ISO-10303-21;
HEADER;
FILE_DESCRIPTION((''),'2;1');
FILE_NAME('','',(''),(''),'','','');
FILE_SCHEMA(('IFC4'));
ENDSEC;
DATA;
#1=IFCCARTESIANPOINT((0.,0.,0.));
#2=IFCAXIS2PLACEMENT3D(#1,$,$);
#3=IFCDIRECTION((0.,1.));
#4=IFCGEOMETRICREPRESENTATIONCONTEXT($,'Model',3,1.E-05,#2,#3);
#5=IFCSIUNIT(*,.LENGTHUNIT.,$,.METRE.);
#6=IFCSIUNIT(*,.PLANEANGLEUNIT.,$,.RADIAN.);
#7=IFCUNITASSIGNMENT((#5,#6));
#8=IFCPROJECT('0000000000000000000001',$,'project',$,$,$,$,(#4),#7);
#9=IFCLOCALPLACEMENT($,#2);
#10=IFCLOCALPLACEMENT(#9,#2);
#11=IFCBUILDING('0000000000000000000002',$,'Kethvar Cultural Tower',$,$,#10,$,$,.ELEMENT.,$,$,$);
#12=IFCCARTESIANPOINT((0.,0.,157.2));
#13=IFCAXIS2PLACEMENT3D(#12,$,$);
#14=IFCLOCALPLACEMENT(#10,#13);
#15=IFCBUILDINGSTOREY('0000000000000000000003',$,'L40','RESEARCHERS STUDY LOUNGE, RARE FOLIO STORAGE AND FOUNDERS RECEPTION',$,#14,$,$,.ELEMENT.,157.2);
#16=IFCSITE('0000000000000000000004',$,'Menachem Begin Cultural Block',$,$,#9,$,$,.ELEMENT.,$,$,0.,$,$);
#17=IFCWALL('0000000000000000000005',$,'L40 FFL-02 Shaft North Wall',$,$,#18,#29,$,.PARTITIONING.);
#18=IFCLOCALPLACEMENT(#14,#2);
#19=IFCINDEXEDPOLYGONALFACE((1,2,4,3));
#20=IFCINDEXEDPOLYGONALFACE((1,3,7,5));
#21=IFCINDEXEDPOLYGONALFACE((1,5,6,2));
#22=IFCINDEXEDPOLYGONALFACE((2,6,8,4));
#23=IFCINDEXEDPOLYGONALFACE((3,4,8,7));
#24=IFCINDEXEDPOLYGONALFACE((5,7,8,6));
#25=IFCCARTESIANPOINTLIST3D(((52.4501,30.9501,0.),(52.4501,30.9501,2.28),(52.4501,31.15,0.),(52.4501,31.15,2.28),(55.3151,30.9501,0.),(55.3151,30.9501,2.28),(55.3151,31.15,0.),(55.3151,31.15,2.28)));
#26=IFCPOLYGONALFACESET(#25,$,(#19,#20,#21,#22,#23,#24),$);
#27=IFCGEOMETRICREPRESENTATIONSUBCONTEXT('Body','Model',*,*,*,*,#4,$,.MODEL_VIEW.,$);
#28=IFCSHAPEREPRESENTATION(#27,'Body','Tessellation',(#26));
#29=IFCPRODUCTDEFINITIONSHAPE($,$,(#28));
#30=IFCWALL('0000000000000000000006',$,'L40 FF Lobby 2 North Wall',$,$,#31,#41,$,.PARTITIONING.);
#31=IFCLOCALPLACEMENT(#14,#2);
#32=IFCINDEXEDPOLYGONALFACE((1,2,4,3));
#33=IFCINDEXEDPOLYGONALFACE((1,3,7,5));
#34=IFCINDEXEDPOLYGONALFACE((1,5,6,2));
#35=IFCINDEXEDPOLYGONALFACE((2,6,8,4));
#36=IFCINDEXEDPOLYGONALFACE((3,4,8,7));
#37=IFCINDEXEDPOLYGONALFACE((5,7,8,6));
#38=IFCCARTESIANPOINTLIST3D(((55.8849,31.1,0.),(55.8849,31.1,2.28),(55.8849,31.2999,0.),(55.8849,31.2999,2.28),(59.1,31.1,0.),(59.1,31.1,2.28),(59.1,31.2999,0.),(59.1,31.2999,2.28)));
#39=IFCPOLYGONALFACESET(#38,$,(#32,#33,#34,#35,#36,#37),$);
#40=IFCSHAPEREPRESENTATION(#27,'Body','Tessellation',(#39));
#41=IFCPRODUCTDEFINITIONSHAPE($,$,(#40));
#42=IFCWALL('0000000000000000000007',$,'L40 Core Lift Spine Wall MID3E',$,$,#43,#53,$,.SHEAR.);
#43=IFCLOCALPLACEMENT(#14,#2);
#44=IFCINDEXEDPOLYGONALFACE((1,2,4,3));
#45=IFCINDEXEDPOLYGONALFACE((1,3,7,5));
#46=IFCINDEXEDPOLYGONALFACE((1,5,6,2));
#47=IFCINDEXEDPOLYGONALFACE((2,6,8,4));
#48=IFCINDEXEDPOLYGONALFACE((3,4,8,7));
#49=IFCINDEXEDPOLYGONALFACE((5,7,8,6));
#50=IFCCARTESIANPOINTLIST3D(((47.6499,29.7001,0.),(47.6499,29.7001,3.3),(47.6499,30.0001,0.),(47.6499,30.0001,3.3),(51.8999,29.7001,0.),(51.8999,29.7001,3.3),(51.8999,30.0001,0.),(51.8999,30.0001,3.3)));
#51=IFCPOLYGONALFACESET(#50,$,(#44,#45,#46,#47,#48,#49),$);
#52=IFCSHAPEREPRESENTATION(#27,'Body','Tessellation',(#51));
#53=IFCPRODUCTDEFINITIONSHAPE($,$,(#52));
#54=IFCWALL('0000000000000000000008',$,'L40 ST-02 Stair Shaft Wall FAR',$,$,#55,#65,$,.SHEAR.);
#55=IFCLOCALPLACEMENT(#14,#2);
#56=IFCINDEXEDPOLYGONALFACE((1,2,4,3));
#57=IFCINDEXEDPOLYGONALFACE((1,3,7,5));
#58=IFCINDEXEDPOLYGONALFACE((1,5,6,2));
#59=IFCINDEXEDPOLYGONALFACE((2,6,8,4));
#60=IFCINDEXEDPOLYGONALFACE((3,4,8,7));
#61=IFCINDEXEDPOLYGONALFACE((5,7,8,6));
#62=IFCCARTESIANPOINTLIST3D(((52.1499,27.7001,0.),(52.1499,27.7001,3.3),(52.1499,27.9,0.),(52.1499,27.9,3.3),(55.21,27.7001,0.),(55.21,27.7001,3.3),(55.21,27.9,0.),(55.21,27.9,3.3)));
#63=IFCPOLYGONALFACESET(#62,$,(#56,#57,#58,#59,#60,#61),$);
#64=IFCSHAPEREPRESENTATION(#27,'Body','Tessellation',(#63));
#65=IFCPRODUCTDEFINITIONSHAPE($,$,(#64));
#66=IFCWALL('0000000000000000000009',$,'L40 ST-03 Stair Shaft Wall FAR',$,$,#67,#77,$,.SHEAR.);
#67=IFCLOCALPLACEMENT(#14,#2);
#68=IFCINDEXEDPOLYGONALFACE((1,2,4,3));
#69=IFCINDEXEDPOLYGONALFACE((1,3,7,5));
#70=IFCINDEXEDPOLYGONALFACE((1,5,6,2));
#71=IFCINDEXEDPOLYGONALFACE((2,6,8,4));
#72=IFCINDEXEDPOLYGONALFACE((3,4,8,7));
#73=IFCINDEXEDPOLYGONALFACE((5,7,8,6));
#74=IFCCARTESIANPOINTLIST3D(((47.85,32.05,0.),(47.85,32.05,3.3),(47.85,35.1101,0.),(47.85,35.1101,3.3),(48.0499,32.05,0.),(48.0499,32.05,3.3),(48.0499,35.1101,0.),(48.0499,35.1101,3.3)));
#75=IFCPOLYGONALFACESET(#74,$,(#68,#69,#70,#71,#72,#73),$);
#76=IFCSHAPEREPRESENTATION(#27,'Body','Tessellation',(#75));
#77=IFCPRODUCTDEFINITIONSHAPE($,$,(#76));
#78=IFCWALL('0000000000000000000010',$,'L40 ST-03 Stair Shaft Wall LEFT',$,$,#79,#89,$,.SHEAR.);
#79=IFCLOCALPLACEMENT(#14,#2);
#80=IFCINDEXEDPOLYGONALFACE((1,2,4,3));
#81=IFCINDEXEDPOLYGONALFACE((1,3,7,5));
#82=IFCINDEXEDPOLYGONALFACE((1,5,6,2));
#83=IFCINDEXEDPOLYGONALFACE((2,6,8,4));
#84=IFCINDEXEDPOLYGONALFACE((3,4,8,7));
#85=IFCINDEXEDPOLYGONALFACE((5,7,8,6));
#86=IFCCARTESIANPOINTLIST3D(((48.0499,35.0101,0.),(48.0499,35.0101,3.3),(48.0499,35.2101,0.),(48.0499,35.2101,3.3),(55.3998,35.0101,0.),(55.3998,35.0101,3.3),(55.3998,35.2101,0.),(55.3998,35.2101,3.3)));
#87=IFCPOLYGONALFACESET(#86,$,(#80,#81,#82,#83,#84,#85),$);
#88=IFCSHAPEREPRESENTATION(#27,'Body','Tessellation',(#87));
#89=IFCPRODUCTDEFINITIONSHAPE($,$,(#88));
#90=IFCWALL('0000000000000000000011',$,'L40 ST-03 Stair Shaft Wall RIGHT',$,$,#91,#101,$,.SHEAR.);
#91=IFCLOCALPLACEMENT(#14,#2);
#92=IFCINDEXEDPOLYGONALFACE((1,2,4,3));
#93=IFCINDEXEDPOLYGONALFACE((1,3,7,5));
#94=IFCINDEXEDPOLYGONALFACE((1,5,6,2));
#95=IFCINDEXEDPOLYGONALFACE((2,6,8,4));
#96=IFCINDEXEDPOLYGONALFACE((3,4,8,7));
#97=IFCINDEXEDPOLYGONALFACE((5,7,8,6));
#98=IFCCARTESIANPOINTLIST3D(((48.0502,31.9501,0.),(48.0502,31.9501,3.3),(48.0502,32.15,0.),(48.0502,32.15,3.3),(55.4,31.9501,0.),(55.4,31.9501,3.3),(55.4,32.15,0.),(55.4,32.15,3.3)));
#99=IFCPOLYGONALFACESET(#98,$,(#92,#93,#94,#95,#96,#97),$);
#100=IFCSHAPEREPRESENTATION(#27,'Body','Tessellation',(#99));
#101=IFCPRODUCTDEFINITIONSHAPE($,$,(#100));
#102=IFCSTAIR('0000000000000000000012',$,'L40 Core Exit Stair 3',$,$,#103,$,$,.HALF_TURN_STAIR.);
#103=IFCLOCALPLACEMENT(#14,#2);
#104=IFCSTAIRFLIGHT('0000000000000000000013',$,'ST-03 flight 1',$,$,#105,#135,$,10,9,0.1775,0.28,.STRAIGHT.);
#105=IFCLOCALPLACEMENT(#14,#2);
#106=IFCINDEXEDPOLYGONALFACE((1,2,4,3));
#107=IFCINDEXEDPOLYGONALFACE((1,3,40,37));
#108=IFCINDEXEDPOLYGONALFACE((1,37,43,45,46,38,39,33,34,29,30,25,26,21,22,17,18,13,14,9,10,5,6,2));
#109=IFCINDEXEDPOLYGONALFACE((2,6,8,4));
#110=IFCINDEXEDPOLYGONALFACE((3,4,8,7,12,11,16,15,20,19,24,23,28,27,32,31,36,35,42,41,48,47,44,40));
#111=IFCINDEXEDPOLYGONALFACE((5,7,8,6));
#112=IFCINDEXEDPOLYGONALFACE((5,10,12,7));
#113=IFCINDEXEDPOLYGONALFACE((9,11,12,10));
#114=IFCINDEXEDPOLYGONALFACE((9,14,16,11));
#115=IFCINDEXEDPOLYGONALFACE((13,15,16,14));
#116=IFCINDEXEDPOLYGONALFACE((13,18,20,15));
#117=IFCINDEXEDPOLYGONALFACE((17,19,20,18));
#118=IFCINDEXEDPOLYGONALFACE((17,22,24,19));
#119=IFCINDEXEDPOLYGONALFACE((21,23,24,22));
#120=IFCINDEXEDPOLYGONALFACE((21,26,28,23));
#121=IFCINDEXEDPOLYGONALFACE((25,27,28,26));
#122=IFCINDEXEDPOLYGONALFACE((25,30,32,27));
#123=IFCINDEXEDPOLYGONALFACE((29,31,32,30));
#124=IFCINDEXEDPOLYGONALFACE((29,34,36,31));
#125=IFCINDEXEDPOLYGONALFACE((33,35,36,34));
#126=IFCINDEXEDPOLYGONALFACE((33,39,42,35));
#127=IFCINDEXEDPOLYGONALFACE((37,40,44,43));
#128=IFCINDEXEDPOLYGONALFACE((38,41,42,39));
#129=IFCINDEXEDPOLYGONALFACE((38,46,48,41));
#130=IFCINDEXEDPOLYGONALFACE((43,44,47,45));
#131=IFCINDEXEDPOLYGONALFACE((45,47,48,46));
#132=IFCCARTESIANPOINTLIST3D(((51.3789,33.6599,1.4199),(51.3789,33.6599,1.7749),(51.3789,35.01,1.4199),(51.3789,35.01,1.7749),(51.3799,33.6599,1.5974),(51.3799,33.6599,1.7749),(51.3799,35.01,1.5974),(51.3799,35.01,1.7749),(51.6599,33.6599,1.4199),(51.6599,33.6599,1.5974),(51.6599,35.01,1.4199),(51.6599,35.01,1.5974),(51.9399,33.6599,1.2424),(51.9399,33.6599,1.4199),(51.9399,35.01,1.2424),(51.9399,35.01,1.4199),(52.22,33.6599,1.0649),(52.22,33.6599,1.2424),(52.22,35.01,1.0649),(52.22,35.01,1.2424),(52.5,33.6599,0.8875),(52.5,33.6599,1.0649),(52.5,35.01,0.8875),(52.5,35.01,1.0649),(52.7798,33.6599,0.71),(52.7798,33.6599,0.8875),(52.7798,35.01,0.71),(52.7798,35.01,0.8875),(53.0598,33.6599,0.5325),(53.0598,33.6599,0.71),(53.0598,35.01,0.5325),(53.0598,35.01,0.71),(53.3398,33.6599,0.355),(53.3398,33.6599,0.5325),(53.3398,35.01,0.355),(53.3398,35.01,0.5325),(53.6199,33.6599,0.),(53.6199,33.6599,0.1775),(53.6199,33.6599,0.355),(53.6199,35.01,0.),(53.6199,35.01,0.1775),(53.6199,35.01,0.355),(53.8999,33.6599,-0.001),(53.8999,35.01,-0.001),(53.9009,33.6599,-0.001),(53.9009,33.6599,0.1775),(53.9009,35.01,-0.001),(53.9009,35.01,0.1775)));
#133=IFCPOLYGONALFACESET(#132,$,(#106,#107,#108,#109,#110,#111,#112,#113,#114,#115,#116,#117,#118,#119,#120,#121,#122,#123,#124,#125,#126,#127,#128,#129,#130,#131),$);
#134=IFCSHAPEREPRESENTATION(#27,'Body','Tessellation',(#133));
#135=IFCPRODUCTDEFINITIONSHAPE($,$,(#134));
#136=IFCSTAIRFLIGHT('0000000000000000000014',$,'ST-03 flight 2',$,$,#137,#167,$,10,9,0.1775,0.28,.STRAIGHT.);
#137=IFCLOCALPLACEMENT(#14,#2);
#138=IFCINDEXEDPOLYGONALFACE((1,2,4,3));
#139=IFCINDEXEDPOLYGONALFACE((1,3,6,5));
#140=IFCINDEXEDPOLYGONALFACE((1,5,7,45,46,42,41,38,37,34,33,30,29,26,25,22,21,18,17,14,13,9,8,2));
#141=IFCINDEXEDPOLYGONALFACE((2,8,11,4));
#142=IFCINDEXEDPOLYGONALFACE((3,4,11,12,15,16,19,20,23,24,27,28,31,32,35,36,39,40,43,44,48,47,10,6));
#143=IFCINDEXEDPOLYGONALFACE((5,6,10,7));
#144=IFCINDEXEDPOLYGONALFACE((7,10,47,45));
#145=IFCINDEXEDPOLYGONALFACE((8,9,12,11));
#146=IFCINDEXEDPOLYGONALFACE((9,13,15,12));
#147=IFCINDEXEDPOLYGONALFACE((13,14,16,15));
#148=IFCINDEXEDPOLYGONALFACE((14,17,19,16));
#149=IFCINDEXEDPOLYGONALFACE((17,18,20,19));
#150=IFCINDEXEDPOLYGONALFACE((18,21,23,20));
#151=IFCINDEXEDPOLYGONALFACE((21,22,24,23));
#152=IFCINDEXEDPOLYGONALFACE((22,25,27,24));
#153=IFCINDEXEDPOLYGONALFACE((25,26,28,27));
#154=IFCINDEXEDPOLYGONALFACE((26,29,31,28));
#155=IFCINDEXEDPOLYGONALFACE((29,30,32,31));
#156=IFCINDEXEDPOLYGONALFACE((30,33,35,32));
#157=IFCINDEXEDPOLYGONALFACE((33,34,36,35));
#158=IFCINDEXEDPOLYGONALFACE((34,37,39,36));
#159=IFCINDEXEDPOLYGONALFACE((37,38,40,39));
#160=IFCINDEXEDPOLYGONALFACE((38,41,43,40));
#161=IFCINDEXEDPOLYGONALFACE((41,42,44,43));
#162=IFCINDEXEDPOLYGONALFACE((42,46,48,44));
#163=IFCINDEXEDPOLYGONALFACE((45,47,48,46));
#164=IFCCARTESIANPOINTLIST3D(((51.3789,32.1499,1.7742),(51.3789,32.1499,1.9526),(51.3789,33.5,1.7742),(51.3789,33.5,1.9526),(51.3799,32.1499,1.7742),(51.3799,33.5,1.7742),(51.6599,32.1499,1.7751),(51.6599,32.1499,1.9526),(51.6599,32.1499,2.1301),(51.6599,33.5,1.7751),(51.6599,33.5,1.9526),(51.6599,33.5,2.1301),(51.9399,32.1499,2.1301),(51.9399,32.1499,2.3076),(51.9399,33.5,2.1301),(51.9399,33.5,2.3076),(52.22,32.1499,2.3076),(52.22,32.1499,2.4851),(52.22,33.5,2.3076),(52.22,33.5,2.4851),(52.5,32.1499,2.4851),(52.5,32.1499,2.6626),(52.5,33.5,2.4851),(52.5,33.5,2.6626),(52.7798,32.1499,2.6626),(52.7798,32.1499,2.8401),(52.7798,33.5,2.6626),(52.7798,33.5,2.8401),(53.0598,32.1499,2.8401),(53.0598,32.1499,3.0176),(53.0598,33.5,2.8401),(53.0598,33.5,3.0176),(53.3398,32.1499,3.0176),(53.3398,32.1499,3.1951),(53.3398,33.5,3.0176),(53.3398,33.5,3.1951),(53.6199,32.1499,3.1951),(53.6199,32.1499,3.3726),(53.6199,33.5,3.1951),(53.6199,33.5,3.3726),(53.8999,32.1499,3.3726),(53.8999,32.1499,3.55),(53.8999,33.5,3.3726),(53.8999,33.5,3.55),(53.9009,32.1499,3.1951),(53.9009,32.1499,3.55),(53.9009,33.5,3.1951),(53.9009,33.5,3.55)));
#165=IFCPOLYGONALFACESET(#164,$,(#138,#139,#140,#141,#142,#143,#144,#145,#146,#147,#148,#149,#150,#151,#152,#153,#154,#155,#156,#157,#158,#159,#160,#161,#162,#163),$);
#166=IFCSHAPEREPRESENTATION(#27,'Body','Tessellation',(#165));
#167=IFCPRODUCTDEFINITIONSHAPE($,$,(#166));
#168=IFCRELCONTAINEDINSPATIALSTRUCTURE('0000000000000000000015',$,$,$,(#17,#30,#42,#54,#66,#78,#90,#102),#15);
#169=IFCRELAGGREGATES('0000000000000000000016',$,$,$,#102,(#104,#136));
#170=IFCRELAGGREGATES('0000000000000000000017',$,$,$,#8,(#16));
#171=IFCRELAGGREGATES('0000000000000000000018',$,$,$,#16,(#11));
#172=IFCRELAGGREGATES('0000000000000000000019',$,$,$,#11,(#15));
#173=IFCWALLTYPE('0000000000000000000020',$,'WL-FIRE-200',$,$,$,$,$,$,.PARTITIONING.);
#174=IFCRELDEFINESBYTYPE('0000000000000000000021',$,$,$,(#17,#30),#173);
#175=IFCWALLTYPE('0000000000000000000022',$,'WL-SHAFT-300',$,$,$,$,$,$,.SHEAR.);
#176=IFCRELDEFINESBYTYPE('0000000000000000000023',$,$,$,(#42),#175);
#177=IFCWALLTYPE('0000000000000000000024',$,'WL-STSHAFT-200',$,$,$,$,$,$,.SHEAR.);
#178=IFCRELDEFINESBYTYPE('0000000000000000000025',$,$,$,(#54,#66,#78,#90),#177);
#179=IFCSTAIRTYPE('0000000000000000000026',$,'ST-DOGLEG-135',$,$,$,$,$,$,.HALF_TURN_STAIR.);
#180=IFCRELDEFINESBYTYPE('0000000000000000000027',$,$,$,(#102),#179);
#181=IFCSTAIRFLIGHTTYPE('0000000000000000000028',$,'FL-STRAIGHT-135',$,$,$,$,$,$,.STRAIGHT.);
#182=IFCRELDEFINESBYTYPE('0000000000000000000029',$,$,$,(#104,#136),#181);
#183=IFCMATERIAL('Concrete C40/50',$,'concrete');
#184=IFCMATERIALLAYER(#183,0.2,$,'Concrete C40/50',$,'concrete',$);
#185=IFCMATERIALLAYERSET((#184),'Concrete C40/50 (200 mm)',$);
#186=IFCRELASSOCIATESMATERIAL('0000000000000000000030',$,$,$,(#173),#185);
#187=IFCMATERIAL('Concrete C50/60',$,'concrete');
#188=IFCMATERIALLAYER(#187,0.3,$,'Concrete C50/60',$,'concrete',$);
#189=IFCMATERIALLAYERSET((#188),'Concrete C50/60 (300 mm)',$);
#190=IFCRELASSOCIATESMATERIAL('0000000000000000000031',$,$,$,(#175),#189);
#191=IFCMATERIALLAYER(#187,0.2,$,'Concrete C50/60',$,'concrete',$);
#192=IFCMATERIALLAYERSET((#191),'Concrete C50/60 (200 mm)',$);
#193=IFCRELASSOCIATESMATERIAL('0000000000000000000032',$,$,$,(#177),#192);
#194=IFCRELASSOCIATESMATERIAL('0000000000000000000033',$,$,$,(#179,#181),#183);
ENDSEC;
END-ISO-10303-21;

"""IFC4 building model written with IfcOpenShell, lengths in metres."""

from ifc_helpers import new_model, si_unit, direction, frame, frame_2d, origin, place, context, subcontext, project, spatial, polyline, rectangle, outline, extrude, material, layer, layer_set, type_object, element, aggregate, save


model = new_model("IFC4")

# Units and contexts
model_context = context("Model", 3, precision=1e-05, world=origin(), true_north=direction((0.0, 1.0)))
body_context = subcontext(model_context, "Body", "Model", "MODEL_VIEW")
ifc_project = project(units=[si_unit("LENGTHUNIT", "METRE"), si_unit("PLANEANGLEUNIT", "RADIAN")], contexts=[model_context])

# Site, building, storey
site_placement = place(None, origin())
site = spatial("IfcSite", under=ifc_project, at=site_placement, Name="Menachem Begin Cultural Block", CompositionType="ELEMENT", RefElevation=0.0)
building_placement = place(site_placement, origin())
building = spatial("IfcBuilding", under=site, at=building_placement, Name="Kethvar Cultural Tower", CompositionType="ELEMENT")
storey_placement = place(building_placement, frame((0.0, 0.0, 157.2)))
storey = spatial("IfcBuildingStorey", under=building, at=storey_placement, Name="L40", Description="RESEARCHERS STUDY LOUNGE, RARE FOLIO STORAGE AND FOUNDERS RECEPTION", CompositionType="ELEMENT", Elevation=157.2)

# Walls
ifc_material_1 = material(Name="Concrete C40/50", Category="concrete")
ifc_layer_1 = layer(ifc_material_1, 0.2, Name="Concrete C40/50", Category="concrete")
ifc_layer_set_1 = layer_set([ifc_layer_1], Name="Concrete C40/50 (200 mm)")
wall_type_1 = type_object("IfcWallType", Name="WL-FIRE-200", PredefinedType="PARTITIONING", material=ifc_layer_set_1)
for number, where, z_axis, x_axis, name in (
    (1, (52.45, 31.05, 0.0), (0.0, 0.0, 1.0), (1.0, 0.0, 0.0), "L40 FFL-02 Shaft North Wall"),
):
    element("IfcWall", number, at=place(storey_placement, frame(where, z_axis=z_axis, x_axis=x_axis)), inside=storey, type_object=wall_type_1, Name=name, PredefinedType="PARTITIONING", context=body_context, shape_type="SweptSolid", body=[
        extrude(rectangle(XDim=2.865, YDim=0.2, at=frame_2d((1.4326, 0.0))), origin(), (0.0, 0.0, 1.0), 2.28),
    ])
wall_1_placement = place(storey_placement, frame((55.885, 31.2, 0.0), z_axis=(0.0, 0.0, 1.0), x_axis=(1.0, 0.0, 0.0)))
element("IfcWall", 2, at=wall_1_placement, inside=storey, type_object=wall_type_1, Name="L40 FF Lobby 2 North Wall", PredefinedType="PARTITIONING", context=body_context, shape_type="SweptSolid", body=[
    extrude(rectangle(XDim=3.2151, YDim=0.2, at=frame_2d((1.6074, 0.0))), origin(), (0.0, 0.0, 1.0), 2.28),
])
ifc_material_2 = material(Name="Concrete C50/60", Category="concrete")
ifc_layer_2 = layer(ifc_material_2, 0.3, Name="Concrete C50/60", Category="concrete")
ifc_layer_set_2 = layer_set([ifc_layer_2], Name="Concrete C50/60 (300 mm)")
wall_type_2 = type_object("IfcWallType", Name="WL-SHAFT-300", PredefinedType="SHEAR", material=ifc_layer_set_2)
wall_2_placement = place(storey_placement, frame((47.6499, 29.8501, 0.0), z_axis=(0.0, 0.0, 1.0), x_axis=(1.0, 0.0, 0.0)))
element("IfcWall", 3, at=wall_2_placement, inside=storey, type_object=wall_type_2, Name="L40 Core Lift Spine Wall MID3E", PredefinedType="SHEAR", context=body_context, shape_type="SweptSolid", body=[
    extrude(rectangle(XDim=4.25, YDim=0.3, at=frame_2d((2.125, 0.0))), origin(), (0.0, 0.0, 1.0), 3.3),
])
ifc_layer_3 = layer(ifc_material_2, 0.2, Name="Concrete C50/60", Category="concrete")
ifc_layer_set_3 = layer_set([ifc_layer_3], Name="Concrete C50/60 (200 mm)")
wall_type_3 = type_object("IfcWallType", Name="WL-STSHAFT-200", PredefinedType="SHEAR", material=ifc_layer_set_3)
for number, where, z_axis, x_axis, name in (
    (4, (52.1499, 27.8, 0.0), (0.0, 0.0, 1.0), (1.0, 0.0, 0.0), "L40 ST-02 Stair Shaft Wall FAR"),
    (5, (47.95, 32.05, 0.0), (0.0, 0.0, 1.0), (0.0, 1.0, 0.0), "L40 ST-03 Stair Shaft Wall FAR"),
):
    element("IfcWall", number, at=place(storey_placement, frame(where, z_axis=z_axis, x_axis=x_axis)), inside=storey, type_object=wall_type_3, Name=name, PredefinedType="SHEAR", context=body_context, shape_type="SweptSolid", body=[
        extrude(rectangle(XDim=3.0601, YDim=0.2, at=frame_2d((1.53, 0.0))), origin(), (0.0, 0.0, 1.0), 3.3),
    ])
for number, where, z_axis, x_axis, name in (
    (6, (48.05, 35.1101, 0.0), (0.0, 0.0, 1.0), (1.0, 0.0, 0.0), "L40 ST-03 Stair Shaft Wall LEFT"),
    (7, (55.3999, 32.05, 0.0), (0.0, 0.0, 1.0), (-1.0, 0.0, 0.0), "L40 ST-03 Stair Shaft Wall RIGHT"),
):
    element("IfcWall", number, at=place(storey_placement, frame(where, z_axis=z_axis, x_axis=x_axis)), inside=storey, type_object=wall_type_3, Name=name, PredefinedType="SHEAR", context=body_context, shape_type="SweptSolid", body=[
        extrude(rectangle(XDim=7.3499, YDim=0.2, at=frame_2d((3.6748, 0.0))), origin(), (0.0, 0.0, 1.0), 3.3),
    ])

# Stair, stair flights
stair_type = type_object("IfcStairType", Name="ST-DOGLEG-135", PredefinedType="HALF_TURN_STAIR", material=ifc_material_1)
stair_placement = place(storey_placement, origin())
stair = element("IfcStair", 8, at=stair_placement, inside=storey, type_object=stair_type, Name="L40 Core Exit Stair 3", PredefinedType="HALF_TURN_STAIR")
stair_flight_type = type_object("IfcStairFlightType", Name="FL-STRAIGHT-135", PredefinedType="STRAIGHT", material=ifc_material_1)
stair_flight_1_placement = place(storey_placement, frame((53.8999, 34.335, 0.0), z_axis=(0.0, 0.0, 1.0), x_axis=(-1.0, 0.0, 0.0)))
stair_flight_1 = element("IfcStairFlight", 9, at=stair_flight_1_placement, type_object=stair_flight_type, Name="ST-03 flight 1", NumberOfRisers=10, NumberOfTreads=9, PredefinedType="STRAIGHT", RiserHeight=0.1775, TreadLength=0.28, context=body_context, shape_type="SweptSolid", body=[
    extrude(outline(polyline([(-0.001, -0.001), (-0.001, 0.1775), (0.28, 0.1775), (0.28, 0.355), (0.5601, 0.355), (0.5601, 0.5325), (0.8401, 0.5325), (0.8401, 0.71), (1.1201, 0.71), (1.1201, 0.8875), (1.3999, 0.8875), (1.3999, 1.0649), (1.6799, 1.0649), (1.6799, 1.2424), (1.96, 1.2424), (1.96, 1.4199), (2.24, 1.4199), (2.24, 1.5974), (2.52, 1.5974), (2.52, 1.7749), (2.521, 1.7749), (2.521, 1.4199), (0.28, 0.0), (0.0, -0.001), (-0.001, -0.001)])), frame((0.0, 0.675, 0.0), z_axis=(0.0, -1.0, 0.0), x_axis=(1.0, 0.0, 0.0)), (0.0, 0.0, 1.0), 1.3501),
])
stair_flight_2_placement = place(storey_placement, frame((51.3799, 32.825, 1.7751), z_axis=(0.0, 0.0, 1.0), x_axis=(1.0, 0.0, 0.0)))
stair_flight_2 = element("IfcStairFlight", 10, at=stair_flight_2_placement, type_object=stair_flight_type, Name="ST-03 flight 2", NumberOfRisers=10, NumberOfTreads=9, PredefinedType="STRAIGHT", RiserHeight=0.1775, TreadLength=0.28, context=body_context, shape_type="SweptSolid", body=[
    extrude(outline(polyline([(-0.001, -0.001), (-0.001, 0.1775), (0.28, 0.1775), (0.28, 0.355), (0.5601, 0.355), (0.5601, 0.5325), (0.8401, 0.5325), (0.8401, 0.71), (1.1201, 0.71), (1.1201, 0.8875), (1.3999, 0.8875), (1.3999, 1.0649), (1.6799, 1.0649), (1.6799, 1.2424), (1.96, 1.2424), (1.96, 1.4199), (2.24, 1.4199), (2.24, 1.5974), (2.52, 1.5974), (2.52, 1.7749), (2.521, 1.7749), (2.521, 1.4199), (0.28, 0.0), (0.0, -0.001), (-0.001, -0.001)])), frame((0.0, 0.675, 0.0), z_axis=(0.0, -1.0, 0.0), x_axis=(1.0, 0.0, 0.0)), (0.0, 0.0, 1.0), 1.3501),
])
aggregate(stair, [stair_flight_1, stair_flight_2])

save(model, "model.ifc")
